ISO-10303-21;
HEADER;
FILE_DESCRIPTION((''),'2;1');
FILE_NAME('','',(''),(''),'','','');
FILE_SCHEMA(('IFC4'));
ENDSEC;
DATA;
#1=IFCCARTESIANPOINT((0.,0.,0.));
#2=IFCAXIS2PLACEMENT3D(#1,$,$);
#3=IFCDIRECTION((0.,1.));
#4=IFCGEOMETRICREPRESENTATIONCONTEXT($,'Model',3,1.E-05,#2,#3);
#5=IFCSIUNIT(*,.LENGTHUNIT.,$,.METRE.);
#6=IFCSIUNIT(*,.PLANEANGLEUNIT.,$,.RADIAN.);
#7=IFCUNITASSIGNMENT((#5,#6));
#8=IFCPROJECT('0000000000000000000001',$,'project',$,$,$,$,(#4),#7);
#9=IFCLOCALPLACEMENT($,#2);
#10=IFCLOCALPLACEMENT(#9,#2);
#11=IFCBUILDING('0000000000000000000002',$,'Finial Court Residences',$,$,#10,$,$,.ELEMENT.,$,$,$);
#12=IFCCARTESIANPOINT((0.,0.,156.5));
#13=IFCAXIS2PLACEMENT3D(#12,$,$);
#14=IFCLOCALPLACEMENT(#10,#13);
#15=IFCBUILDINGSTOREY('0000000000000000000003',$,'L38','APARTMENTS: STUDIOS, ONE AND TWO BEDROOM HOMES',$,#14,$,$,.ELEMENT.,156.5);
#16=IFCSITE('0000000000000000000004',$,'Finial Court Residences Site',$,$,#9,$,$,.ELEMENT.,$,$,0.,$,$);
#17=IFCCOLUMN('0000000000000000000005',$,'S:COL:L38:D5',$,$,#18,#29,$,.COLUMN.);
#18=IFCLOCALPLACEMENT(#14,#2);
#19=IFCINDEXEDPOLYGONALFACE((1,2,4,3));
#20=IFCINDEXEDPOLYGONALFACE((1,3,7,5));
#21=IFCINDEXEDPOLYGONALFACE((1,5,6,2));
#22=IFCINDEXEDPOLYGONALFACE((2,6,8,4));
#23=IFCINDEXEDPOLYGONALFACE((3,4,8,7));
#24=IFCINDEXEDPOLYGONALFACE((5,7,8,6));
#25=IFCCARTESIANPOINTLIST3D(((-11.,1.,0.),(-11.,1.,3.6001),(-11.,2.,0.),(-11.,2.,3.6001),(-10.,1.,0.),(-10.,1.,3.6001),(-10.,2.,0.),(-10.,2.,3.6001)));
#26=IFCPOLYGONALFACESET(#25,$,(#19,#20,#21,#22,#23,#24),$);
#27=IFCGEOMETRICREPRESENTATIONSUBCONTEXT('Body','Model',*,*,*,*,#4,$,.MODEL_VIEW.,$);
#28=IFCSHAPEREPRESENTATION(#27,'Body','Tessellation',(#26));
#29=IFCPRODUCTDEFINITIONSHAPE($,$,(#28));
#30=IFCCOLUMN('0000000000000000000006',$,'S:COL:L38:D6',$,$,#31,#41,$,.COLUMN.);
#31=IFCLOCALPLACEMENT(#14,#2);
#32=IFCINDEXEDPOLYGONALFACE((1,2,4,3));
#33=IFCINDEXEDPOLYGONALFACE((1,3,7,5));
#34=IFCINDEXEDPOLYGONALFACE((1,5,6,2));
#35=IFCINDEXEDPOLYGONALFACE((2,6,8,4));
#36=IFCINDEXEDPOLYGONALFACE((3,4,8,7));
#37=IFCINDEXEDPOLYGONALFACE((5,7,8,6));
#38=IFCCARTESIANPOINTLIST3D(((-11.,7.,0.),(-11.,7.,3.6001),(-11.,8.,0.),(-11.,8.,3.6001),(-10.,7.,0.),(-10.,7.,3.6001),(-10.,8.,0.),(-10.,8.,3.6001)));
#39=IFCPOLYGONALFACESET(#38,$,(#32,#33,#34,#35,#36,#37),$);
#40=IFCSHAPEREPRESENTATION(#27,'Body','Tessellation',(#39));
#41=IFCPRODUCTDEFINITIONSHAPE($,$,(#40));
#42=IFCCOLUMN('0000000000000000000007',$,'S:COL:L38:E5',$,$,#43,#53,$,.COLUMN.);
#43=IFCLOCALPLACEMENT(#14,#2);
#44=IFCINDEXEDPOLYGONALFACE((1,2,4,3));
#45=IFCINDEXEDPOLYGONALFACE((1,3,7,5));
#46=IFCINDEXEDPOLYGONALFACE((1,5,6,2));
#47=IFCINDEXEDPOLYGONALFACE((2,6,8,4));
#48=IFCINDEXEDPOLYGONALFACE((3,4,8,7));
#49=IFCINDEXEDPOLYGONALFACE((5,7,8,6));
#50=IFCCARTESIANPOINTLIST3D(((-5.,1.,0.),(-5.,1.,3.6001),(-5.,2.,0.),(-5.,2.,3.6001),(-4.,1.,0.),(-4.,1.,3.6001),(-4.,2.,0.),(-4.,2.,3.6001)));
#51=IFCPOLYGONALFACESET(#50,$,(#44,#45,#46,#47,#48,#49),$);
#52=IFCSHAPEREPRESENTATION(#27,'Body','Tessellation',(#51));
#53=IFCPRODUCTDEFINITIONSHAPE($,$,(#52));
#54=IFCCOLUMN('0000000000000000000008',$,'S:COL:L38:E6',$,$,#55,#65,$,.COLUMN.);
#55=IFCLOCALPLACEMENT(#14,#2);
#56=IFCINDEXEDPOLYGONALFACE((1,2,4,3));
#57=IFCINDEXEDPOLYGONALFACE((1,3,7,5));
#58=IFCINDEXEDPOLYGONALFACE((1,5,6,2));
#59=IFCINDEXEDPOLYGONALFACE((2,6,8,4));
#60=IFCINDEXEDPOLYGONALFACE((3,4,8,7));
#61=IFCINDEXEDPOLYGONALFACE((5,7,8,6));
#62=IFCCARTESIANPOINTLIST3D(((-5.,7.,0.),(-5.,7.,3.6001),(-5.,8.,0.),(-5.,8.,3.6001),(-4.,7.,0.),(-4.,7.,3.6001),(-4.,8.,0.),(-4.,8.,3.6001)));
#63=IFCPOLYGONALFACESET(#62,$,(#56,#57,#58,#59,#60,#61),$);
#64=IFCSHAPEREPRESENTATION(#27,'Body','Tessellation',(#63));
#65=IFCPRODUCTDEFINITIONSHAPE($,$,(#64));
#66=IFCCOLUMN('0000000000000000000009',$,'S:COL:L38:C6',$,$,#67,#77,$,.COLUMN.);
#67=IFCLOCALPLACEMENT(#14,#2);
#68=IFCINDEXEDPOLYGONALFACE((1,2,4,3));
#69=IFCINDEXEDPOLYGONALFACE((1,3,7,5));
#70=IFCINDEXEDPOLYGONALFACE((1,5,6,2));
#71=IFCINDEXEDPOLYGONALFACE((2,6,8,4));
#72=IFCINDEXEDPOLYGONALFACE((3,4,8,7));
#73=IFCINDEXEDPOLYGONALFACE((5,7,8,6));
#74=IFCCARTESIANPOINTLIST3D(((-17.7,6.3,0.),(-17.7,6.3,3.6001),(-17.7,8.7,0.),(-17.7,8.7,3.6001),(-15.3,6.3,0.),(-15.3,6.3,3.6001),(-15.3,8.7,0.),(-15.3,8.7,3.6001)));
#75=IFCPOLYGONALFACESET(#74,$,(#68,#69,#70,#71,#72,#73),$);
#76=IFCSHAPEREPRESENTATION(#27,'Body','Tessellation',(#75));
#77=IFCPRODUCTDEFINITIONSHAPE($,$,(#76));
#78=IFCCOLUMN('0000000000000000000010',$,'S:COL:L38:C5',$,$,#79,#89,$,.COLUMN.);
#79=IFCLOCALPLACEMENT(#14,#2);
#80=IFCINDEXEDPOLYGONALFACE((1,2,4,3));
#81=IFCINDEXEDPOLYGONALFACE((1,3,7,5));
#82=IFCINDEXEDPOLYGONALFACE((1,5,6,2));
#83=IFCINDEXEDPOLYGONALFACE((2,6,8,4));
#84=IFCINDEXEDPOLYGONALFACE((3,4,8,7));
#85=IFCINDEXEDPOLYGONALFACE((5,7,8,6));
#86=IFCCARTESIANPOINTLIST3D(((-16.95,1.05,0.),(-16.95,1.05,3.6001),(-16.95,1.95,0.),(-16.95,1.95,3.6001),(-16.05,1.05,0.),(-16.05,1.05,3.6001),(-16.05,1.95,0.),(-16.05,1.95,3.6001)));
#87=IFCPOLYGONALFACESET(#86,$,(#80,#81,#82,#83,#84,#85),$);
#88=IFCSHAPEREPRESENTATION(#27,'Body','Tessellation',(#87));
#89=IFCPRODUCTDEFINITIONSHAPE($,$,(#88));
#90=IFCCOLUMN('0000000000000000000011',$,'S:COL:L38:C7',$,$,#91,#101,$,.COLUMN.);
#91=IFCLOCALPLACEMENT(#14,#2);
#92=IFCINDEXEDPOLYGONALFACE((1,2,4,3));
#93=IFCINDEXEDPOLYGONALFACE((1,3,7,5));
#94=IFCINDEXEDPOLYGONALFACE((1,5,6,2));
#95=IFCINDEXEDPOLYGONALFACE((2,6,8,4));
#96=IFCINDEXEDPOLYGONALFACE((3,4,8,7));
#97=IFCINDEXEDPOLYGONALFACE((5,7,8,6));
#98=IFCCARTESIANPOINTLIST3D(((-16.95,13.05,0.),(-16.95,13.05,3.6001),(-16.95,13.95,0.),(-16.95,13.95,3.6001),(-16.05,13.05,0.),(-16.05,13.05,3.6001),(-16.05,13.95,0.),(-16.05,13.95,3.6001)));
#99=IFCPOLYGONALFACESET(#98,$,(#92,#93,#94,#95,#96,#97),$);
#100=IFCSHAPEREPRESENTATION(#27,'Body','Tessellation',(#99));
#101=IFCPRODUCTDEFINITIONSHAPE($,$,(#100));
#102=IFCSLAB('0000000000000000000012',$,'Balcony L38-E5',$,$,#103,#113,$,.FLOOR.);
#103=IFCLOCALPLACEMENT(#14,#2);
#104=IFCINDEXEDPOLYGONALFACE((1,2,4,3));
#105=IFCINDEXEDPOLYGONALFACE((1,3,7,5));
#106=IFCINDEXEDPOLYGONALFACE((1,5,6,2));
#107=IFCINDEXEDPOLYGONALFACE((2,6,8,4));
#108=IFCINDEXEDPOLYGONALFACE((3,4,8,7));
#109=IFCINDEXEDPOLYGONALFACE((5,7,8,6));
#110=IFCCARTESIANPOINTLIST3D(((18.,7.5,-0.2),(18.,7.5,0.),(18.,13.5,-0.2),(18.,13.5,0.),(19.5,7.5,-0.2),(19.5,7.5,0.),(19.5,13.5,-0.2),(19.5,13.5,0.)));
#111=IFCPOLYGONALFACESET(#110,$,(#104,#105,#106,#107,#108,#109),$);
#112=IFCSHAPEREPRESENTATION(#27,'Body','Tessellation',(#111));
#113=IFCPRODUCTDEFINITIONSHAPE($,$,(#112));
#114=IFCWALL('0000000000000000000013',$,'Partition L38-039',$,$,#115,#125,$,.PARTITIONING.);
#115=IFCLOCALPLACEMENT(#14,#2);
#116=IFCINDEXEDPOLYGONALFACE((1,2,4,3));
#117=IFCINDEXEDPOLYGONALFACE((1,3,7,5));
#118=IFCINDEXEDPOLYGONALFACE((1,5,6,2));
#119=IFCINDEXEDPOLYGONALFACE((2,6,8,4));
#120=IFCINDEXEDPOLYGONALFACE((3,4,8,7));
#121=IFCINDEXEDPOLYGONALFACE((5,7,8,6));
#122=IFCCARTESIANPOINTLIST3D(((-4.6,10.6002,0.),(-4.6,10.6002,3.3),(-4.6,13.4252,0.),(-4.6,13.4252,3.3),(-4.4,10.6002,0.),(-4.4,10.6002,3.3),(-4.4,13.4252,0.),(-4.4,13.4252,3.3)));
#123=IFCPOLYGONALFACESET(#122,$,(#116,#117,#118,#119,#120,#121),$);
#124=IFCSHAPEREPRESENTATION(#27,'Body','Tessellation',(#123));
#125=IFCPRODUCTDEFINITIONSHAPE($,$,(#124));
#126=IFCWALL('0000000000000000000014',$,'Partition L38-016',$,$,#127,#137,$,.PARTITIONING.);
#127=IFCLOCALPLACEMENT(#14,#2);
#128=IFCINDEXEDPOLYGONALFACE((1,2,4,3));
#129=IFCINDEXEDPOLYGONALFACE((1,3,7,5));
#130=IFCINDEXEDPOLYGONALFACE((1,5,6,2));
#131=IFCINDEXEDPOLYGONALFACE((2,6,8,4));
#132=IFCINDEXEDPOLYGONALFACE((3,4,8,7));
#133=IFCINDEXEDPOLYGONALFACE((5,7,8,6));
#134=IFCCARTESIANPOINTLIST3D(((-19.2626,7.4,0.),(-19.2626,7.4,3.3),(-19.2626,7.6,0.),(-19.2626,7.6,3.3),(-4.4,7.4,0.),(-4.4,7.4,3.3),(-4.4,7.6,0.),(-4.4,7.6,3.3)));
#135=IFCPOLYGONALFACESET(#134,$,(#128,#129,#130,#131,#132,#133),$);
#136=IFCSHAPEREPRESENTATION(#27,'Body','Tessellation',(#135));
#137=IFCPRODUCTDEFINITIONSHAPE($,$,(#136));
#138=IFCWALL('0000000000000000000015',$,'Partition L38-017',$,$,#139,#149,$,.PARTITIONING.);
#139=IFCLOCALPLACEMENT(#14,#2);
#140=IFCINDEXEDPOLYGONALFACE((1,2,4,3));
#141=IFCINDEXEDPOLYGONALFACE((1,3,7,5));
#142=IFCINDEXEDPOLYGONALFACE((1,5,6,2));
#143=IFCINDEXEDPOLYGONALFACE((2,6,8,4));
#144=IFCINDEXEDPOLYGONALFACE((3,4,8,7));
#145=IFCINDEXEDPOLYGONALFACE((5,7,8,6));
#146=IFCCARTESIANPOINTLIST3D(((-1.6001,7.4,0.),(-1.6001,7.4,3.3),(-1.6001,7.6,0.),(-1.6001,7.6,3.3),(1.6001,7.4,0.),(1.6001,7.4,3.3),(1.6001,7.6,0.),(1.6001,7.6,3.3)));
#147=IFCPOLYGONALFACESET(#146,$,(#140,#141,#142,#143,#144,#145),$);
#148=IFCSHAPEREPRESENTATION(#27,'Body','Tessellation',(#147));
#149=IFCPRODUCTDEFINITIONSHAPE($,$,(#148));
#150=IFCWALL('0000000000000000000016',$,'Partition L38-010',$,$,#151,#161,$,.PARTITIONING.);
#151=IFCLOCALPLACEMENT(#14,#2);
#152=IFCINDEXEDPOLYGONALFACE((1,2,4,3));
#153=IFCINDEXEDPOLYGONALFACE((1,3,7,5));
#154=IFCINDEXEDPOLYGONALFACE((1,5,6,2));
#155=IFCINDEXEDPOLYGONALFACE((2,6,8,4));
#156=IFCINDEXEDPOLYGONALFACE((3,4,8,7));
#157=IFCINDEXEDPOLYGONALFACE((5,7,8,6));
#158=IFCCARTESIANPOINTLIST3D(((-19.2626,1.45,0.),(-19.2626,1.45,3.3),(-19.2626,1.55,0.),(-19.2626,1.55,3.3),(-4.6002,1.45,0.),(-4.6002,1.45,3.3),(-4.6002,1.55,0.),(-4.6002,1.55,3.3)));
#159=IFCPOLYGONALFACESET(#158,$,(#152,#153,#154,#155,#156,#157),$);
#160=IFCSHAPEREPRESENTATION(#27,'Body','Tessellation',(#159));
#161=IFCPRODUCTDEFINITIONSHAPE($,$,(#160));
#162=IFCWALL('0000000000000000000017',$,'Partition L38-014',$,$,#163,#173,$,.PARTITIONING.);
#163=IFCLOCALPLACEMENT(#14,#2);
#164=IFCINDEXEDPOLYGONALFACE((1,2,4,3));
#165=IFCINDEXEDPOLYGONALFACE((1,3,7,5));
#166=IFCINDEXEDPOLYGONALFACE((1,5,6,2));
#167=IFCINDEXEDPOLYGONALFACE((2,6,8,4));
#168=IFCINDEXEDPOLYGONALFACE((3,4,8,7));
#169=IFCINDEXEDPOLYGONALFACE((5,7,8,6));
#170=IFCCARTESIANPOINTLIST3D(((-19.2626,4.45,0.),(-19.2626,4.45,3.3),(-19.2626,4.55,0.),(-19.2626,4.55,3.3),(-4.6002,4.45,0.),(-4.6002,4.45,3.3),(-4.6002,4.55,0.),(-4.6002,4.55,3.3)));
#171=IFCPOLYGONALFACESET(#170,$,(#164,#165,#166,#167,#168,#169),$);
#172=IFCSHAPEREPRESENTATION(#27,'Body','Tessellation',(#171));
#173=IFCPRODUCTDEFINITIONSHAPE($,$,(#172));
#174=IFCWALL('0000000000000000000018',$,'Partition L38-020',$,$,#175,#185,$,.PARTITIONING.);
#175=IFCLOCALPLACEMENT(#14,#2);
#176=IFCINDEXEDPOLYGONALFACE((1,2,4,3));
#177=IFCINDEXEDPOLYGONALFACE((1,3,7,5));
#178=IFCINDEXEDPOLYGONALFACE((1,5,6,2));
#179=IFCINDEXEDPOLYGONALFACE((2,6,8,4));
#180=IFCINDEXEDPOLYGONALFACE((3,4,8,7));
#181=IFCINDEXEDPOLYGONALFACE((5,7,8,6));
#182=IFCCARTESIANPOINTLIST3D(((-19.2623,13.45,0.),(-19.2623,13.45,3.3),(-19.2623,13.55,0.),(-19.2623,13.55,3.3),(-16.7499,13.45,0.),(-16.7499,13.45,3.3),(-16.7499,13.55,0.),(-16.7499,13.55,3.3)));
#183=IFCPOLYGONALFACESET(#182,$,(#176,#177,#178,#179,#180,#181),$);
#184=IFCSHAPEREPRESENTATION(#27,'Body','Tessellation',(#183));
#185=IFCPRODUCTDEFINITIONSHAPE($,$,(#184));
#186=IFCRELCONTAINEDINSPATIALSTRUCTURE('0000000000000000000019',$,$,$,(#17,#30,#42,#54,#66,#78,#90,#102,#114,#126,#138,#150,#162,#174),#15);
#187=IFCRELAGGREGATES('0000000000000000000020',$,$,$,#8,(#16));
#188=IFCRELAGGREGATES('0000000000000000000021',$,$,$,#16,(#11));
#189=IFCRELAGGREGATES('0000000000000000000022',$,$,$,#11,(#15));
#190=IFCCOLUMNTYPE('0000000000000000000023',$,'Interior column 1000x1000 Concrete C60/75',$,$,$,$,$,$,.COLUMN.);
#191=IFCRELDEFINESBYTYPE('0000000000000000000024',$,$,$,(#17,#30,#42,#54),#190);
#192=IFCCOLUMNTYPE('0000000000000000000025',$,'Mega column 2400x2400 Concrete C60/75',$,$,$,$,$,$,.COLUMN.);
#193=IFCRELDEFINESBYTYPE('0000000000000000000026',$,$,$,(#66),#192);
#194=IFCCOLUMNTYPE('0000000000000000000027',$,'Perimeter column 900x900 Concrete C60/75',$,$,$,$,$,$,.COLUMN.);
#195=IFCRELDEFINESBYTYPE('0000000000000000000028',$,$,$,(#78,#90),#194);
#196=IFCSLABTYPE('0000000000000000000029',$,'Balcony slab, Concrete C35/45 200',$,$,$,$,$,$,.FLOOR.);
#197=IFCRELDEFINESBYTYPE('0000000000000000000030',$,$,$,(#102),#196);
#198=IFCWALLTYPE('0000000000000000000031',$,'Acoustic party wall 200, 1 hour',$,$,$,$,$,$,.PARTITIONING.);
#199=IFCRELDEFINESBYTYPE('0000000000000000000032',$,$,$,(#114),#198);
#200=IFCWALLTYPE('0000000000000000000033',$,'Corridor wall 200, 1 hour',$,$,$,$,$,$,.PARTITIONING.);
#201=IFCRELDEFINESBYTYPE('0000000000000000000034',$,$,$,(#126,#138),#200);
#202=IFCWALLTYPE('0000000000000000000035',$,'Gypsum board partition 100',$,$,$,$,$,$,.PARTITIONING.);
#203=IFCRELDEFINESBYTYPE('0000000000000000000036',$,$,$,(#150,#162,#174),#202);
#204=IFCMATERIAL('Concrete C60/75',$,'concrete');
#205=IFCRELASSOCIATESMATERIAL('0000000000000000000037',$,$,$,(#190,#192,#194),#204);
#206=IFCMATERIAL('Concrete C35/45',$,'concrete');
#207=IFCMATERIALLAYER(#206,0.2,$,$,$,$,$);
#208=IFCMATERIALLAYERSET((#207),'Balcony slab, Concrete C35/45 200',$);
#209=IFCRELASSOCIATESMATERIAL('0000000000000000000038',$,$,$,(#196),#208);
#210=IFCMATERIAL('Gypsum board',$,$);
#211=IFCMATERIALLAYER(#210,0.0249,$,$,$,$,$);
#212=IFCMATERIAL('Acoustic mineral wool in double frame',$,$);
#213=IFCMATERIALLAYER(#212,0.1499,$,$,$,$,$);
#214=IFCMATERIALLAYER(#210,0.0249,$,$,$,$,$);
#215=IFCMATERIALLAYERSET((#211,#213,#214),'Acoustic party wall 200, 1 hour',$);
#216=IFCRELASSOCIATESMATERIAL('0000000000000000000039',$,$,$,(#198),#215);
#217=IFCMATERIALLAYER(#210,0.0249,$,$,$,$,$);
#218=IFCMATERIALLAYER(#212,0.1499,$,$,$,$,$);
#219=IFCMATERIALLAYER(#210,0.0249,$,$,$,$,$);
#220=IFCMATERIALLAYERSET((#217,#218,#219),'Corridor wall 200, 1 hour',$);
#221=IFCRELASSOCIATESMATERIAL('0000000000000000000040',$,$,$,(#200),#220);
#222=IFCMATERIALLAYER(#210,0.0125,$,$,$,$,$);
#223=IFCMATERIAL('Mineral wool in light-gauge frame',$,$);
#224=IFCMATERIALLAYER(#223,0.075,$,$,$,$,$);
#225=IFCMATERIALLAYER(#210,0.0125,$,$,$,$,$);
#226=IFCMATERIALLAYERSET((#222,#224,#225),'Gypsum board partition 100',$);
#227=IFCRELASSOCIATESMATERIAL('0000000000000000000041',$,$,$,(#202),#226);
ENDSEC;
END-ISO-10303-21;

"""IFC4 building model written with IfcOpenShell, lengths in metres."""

from ifc_helpers import new_model, si_unit, direction, frame, frame_2d, origin, origin_2d, place, context, subcontext, project, spatial, polyline, rectangle, outline, extrude, material, layer, layer_set, material_profile, profile_set, type_object, element, save


model = new_model("IFC4")

# Units and contexts
model_context = context("Model", 3, precision=1e-05, world=origin(), true_north=direction((0.0, 1.0)))
body_context = subcontext(model_context, "Body", "Model", "MODEL_VIEW")
ifc_project = project(units=[si_unit("LENGTHUNIT", "METRE"), si_unit("PLANEANGLEUNIT", "RADIAN")], contexts=[model_context])

# Site, building, storey
site_placement = place(None, origin())
site = spatial("IfcSite", under=ifc_project, at=site_placement, Name="Finial Court Residences Site", CompositionType="ELEMENT", RefElevation=0.0)
building_placement = place(site_placement, origin())
building = spatial("IfcBuilding", under=site, at=building_placement, Name="Finial Court Residences", CompositionType="ELEMENT")
storey_placement = place(building_placement, frame((0.0, 0.0, 156.5)))
storey = spatial("IfcBuildingStorey", under=building, at=storey_placement, Name="L38", Description="APARTMENTS: STUDIOS, ONE AND TWO BEDROOM HOMES", CompositionType="ELEMENT", Elevation=156.5)

# Columns
ifc_material_1 = material(Name="Concrete C60/75", Category="concrete")
ifc_material_profile_1 = material_profile(ifc_material_1, rectangle(XDim=1.0, YDim=1.0, at=origin_2d()), Name="1000x1000")
ifc_profile_set_1 = profile_set([ifc_material_profile_1], Name="Concrete C60/75")
column_type_1 = type_object("IfcColumnType", Name="Interior column 1000x1000 Concrete C60/75", PredefinedType="COLUMN", material=ifc_profile_set_1)
for number, where, z_axis, x_axis, name in (
    (1, (-10.5, 1.5, 0.0), (0.0, 0.0, 1.0), (1.0, 0.0, 0.0), "S:COL:L38:D5"),
    (2, (-10.5, 7.5, 0.0), (0.0, 0.0, 1.0), (1.0, 0.0, 0.0), "S:COL:L38:D6"),
    (3, (-4.5, 1.5, 0.0), (0.0, 0.0, 1.0), (1.0, 0.0, 0.0), "S:COL:L38:E5"),
    (4, (-4.5, 7.5, 0.0), (0.0, 0.0, 1.0), (1.0, 0.0, 0.0), "S:COL:L38:E6"),
):
    element("IfcColumn", number, at=place(storey_placement, frame(where, z_axis=z_axis, x_axis=x_axis)), inside=storey, type_object=column_type_1, Name=name, PredefinedType="COLUMN", context=body_context, shape_type="SweptSolid", body=[
        extrude(rectangle(XDim=1.0, YDim=1.0, at=origin_2d()), origin(), (0.0, 0.0, 1.0), 3.6001),
    ])
ifc_material_profile_2 = material_profile(ifc_material_1, rectangle(XDim=2.3999, YDim=2.3999, at=origin_2d()), Name="2400x2400")
ifc_profile_set_2 = profile_set([ifc_material_profile_2], Name="Concrete C60/75")
column_type_2 = type_object("IfcColumnType", Name="Mega column 2400x2400 Concrete C60/75", PredefinedType="COLUMN", material=ifc_profile_set_2)
column_placement = place(storey_placement, frame((-16.5, 7.5, 0.0), z_axis=(0.0, 0.0, 1.0), x_axis=(1.0, 0.0, 0.0)))
element("IfcColumn", 5, at=column_placement, inside=storey, type_object=column_type_2, Name="S:COL:L38:C6", PredefinedType="COLUMN", context=body_context, shape_type="SweptSolid", body=[
    extrude(rectangle(XDim=2.3999, YDim=2.3999, at=origin_2d()), origin(), (0.0, 0.0, 1.0), 3.6001),
])
ifc_material_profile_3 = material_profile(ifc_material_1, rectangle(XDim=0.8999, YDim=0.8999, at=origin_2d()), Name="900x900")
ifc_profile_set_3 = profile_set([ifc_material_profile_3], Name="Concrete C60/75")
column_type_3 = type_object("IfcColumnType", Name="Perimeter column 900x900 Concrete C60/75", PredefinedType="COLUMN", material=ifc_profile_set_3)
for number, where, z_axis, x_axis, name in (
    (6, (-16.5, 1.5, 0.0), (0.0, 0.0, 1.0), (1.0, 0.0, 0.0), "S:COL:L38:C5"),
    (7, (-16.5, 13.5, 0.0), (0.0, 0.0, 1.0), (1.0, 0.0, 0.0), "S:COL:L38:C7"),
):
    element("IfcColumn", number, at=place(storey_placement, frame(where, z_axis=z_axis, x_axis=x_axis)), inside=storey, type_object=column_type_3, Name=name, PredefinedType="COLUMN", context=body_context, shape_type="SweptSolid", body=[
        extrude(rectangle(XDim=0.8999, YDim=0.8999, at=origin_2d()), origin(), (0.0, 0.0, 1.0), 3.6001),
    ])

# Slab
ifc_material_2 = material(Name="Concrete C35/45", Category="concrete")
ifc_layer_1 = layer(ifc_material_2, 0.2)
ifc_layer_set_1 = layer_set([ifc_layer_1], Name="Balcony slab, Concrete C35/45 200")
slab_type = type_object("IfcSlabType", Name="Balcony slab, Concrete C35/45 200", PredefinedType="FLOOR", material=ifc_layer_set_1)
slab_placement = place(storey_placement, frame((0.0, 0.0, -0.2)))
element("IfcSlab", 8, at=slab_placement, inside=storey, type_object=slab_type, Name="Balcony L38-E5", PredefinedType="FLOOR", context=body_context, shape_type="SweptSolid", body=[
    extrude(outline(polyline([(19.5, 7.5), (19.5, 13.5), (18.0, 13.5), (18.0, 7.5), (19.5, 7.5)])), origin(), (0.0, 0.0, 1.0), 0.2),
])

# Walls
ifc_material_3 = material(Name="Gypsum board")
ifc_layer_2 = layer(ifc_material_3, 0.0249)
ifc_material_4 = material(Name="Acoustic mineral wool in double frame")
ifc_layer_3 = layer(ifc_material_4, 0.1499)
ifc_layer_4 = layer(ifc_material_3, 0.0249)
ifc_layer_set_2 = layer_set([ifc_layer_2, ifc_layer_3, ifc_layer_4], Name="Acoustic party wall 200, 1 hour")
wall_type_1 = type_object("IfcWallType", Name="Acoustic party wall 200, 1 hour", PredefinedType="PARTITIONING", material=ifc_layer_set_2)
wall_1_placement = place(storey_placement, frame((-4.5, 10.6001, 0.0), z_axis=(0.0, 0.0, 1.0), x_axis=(0.0, 1.0, 0.0)))
element("IfcWall", 9, at=wall_1_placement, inside=storey, type_object=wall_type_1, Name="Partition L38-039", PredefinedType="PARTITIONING", context=body_context, shape_type="SweptSolid", body=[
    extrude(rectangle(XDim=2.825, YDim=0.2, at=frame_2d((1.4126, 0.0))), origin(), (0.0, 0.0, 1.0), 3.3),
])
ifc_layer_5 = layer(ifc_material_3, 0.0249)
ifc_layer_6 = layer(ifc_material_4, 0.1499)
ifc_layer_7 = layer(ifc_material_3, 0.0249)
ifc_layer_set_3 = layer_set([ifc_layer_5, ifc_layer_6, ifc_layer_7], Name="Corridor wall 200, 1 hour")
wall_type_2 = type_object("IfcWallType", Name="Corridor wall 200, 1 hour", PredefinedType="PARTITIONING", material=ifc_layer_set_3)
wall_2_placement = place(storey_placement, frame((-19.2625, 7.5, 0.0), z_axis=(0.0, 0.0, 1.0), x_axis=(1.0, 0.0, 0.0)))
element("IfcWall", 10, at=wall_2_placement, inside=storey, type_object=wall_type_2, Name="Partition L38-016", PredefinedType="PARTITIONING", context=body_context, shape_type="SweptSolid", body=[
    extrude(rectangle(XDim=14.8625, YDim=0.2, at=frame_2d((7.4312, 0.0))), origin(), (0.0, 0.0, 1.0), 3.3),
])
wall_3_placement = place(storey_placement, frame((-1.6001, 7.5, 0.0), z_axis=(0.0, 0.0, 1.0), x_axis=(1.0, 0.0, 0.0)))
element("IfcWall", 11, at=wall_3_placement, inside=storey, type_object=wall_type_2, Name="Partition L38-017", PredefinedType="PARTITIONING", context=body_context, shape_type="SweptSolid", body=[
    extrude(rectangle(XDim=3.2002, YDim=0.2, at=frame_2d((1.6001, 0.0))), origin(), (0.0, 0.0, 1.0), 3.3),
])
ifc_layer_8 = layer(ifc_material_3, 0.0125)
ifc_material_5 = material(Name="Mineral wool in light-gauge frame")
ifc_layer_9 = layer(ifc_material_5, 0.075)
ifc_layer_10 = layer(ifc_material_3, 0.0125)
ifc_layer_set_4 = layer_set([ifc_layer_8, ifc_layer_9, ifc_layer_10], Name="Gypsum board partition 100")
wall_type_3 = type_object("IfcWallType", Name="Gypsum board partition 100", PredefinedType="PARTITIONING", material=ifc_layer_set_4)
for number, where, z_axis, x_axis, name in (
    (12, (-19.2625, 1.5, 0.0), (0.0, 0.0, 1.0), (1.0, 0.0, 0.0), "Partition L38-010"),
    (13, (-19.2625, 4.5, 0.0), (0.0, 0.0, 1.0), (1.0, 0.0, 0.0), "Partition L38-014"),
):
    element("IfcWall", number, at=place(storey_placement, frame(where, z_axis=z_axis, x_axis=x_axis)), inside=storey, type_object=wall_type_3, Name=name, PredefinedType="PARTITIONING", context=body_context, shape_type="SweptSolid", body=[
        extrude(rectangle(XDim=14.6624, YDim=0.1001, at=frame_2d((7.3311, 0.0))), origin(), (0.0, 0.0, 1.0), 3.3),
    ])
wall_4_placement = place(storey_placement, frame((-19.2625, 13.5, 0.0), z_axis=(0.0, 0.0, 1.0), x_axis=(1.0, 0.0, 0.0)))
element("IfcWall", 14, at=wall_4_placement, inside=storey, type_object=wall_type_3, Name="Partition L38-020", PredefinedType="PARTITIONING", context=body_context, shape_type="SweptSolid", body=[
    extrude(rectangle(XDim=2.5125, YDim=0.1001, at=frame_2d((1.2563, 0.0))), origin(), (0.0, 0.0, 1.0), 3.3),
])

save(model, "model.ifc")
